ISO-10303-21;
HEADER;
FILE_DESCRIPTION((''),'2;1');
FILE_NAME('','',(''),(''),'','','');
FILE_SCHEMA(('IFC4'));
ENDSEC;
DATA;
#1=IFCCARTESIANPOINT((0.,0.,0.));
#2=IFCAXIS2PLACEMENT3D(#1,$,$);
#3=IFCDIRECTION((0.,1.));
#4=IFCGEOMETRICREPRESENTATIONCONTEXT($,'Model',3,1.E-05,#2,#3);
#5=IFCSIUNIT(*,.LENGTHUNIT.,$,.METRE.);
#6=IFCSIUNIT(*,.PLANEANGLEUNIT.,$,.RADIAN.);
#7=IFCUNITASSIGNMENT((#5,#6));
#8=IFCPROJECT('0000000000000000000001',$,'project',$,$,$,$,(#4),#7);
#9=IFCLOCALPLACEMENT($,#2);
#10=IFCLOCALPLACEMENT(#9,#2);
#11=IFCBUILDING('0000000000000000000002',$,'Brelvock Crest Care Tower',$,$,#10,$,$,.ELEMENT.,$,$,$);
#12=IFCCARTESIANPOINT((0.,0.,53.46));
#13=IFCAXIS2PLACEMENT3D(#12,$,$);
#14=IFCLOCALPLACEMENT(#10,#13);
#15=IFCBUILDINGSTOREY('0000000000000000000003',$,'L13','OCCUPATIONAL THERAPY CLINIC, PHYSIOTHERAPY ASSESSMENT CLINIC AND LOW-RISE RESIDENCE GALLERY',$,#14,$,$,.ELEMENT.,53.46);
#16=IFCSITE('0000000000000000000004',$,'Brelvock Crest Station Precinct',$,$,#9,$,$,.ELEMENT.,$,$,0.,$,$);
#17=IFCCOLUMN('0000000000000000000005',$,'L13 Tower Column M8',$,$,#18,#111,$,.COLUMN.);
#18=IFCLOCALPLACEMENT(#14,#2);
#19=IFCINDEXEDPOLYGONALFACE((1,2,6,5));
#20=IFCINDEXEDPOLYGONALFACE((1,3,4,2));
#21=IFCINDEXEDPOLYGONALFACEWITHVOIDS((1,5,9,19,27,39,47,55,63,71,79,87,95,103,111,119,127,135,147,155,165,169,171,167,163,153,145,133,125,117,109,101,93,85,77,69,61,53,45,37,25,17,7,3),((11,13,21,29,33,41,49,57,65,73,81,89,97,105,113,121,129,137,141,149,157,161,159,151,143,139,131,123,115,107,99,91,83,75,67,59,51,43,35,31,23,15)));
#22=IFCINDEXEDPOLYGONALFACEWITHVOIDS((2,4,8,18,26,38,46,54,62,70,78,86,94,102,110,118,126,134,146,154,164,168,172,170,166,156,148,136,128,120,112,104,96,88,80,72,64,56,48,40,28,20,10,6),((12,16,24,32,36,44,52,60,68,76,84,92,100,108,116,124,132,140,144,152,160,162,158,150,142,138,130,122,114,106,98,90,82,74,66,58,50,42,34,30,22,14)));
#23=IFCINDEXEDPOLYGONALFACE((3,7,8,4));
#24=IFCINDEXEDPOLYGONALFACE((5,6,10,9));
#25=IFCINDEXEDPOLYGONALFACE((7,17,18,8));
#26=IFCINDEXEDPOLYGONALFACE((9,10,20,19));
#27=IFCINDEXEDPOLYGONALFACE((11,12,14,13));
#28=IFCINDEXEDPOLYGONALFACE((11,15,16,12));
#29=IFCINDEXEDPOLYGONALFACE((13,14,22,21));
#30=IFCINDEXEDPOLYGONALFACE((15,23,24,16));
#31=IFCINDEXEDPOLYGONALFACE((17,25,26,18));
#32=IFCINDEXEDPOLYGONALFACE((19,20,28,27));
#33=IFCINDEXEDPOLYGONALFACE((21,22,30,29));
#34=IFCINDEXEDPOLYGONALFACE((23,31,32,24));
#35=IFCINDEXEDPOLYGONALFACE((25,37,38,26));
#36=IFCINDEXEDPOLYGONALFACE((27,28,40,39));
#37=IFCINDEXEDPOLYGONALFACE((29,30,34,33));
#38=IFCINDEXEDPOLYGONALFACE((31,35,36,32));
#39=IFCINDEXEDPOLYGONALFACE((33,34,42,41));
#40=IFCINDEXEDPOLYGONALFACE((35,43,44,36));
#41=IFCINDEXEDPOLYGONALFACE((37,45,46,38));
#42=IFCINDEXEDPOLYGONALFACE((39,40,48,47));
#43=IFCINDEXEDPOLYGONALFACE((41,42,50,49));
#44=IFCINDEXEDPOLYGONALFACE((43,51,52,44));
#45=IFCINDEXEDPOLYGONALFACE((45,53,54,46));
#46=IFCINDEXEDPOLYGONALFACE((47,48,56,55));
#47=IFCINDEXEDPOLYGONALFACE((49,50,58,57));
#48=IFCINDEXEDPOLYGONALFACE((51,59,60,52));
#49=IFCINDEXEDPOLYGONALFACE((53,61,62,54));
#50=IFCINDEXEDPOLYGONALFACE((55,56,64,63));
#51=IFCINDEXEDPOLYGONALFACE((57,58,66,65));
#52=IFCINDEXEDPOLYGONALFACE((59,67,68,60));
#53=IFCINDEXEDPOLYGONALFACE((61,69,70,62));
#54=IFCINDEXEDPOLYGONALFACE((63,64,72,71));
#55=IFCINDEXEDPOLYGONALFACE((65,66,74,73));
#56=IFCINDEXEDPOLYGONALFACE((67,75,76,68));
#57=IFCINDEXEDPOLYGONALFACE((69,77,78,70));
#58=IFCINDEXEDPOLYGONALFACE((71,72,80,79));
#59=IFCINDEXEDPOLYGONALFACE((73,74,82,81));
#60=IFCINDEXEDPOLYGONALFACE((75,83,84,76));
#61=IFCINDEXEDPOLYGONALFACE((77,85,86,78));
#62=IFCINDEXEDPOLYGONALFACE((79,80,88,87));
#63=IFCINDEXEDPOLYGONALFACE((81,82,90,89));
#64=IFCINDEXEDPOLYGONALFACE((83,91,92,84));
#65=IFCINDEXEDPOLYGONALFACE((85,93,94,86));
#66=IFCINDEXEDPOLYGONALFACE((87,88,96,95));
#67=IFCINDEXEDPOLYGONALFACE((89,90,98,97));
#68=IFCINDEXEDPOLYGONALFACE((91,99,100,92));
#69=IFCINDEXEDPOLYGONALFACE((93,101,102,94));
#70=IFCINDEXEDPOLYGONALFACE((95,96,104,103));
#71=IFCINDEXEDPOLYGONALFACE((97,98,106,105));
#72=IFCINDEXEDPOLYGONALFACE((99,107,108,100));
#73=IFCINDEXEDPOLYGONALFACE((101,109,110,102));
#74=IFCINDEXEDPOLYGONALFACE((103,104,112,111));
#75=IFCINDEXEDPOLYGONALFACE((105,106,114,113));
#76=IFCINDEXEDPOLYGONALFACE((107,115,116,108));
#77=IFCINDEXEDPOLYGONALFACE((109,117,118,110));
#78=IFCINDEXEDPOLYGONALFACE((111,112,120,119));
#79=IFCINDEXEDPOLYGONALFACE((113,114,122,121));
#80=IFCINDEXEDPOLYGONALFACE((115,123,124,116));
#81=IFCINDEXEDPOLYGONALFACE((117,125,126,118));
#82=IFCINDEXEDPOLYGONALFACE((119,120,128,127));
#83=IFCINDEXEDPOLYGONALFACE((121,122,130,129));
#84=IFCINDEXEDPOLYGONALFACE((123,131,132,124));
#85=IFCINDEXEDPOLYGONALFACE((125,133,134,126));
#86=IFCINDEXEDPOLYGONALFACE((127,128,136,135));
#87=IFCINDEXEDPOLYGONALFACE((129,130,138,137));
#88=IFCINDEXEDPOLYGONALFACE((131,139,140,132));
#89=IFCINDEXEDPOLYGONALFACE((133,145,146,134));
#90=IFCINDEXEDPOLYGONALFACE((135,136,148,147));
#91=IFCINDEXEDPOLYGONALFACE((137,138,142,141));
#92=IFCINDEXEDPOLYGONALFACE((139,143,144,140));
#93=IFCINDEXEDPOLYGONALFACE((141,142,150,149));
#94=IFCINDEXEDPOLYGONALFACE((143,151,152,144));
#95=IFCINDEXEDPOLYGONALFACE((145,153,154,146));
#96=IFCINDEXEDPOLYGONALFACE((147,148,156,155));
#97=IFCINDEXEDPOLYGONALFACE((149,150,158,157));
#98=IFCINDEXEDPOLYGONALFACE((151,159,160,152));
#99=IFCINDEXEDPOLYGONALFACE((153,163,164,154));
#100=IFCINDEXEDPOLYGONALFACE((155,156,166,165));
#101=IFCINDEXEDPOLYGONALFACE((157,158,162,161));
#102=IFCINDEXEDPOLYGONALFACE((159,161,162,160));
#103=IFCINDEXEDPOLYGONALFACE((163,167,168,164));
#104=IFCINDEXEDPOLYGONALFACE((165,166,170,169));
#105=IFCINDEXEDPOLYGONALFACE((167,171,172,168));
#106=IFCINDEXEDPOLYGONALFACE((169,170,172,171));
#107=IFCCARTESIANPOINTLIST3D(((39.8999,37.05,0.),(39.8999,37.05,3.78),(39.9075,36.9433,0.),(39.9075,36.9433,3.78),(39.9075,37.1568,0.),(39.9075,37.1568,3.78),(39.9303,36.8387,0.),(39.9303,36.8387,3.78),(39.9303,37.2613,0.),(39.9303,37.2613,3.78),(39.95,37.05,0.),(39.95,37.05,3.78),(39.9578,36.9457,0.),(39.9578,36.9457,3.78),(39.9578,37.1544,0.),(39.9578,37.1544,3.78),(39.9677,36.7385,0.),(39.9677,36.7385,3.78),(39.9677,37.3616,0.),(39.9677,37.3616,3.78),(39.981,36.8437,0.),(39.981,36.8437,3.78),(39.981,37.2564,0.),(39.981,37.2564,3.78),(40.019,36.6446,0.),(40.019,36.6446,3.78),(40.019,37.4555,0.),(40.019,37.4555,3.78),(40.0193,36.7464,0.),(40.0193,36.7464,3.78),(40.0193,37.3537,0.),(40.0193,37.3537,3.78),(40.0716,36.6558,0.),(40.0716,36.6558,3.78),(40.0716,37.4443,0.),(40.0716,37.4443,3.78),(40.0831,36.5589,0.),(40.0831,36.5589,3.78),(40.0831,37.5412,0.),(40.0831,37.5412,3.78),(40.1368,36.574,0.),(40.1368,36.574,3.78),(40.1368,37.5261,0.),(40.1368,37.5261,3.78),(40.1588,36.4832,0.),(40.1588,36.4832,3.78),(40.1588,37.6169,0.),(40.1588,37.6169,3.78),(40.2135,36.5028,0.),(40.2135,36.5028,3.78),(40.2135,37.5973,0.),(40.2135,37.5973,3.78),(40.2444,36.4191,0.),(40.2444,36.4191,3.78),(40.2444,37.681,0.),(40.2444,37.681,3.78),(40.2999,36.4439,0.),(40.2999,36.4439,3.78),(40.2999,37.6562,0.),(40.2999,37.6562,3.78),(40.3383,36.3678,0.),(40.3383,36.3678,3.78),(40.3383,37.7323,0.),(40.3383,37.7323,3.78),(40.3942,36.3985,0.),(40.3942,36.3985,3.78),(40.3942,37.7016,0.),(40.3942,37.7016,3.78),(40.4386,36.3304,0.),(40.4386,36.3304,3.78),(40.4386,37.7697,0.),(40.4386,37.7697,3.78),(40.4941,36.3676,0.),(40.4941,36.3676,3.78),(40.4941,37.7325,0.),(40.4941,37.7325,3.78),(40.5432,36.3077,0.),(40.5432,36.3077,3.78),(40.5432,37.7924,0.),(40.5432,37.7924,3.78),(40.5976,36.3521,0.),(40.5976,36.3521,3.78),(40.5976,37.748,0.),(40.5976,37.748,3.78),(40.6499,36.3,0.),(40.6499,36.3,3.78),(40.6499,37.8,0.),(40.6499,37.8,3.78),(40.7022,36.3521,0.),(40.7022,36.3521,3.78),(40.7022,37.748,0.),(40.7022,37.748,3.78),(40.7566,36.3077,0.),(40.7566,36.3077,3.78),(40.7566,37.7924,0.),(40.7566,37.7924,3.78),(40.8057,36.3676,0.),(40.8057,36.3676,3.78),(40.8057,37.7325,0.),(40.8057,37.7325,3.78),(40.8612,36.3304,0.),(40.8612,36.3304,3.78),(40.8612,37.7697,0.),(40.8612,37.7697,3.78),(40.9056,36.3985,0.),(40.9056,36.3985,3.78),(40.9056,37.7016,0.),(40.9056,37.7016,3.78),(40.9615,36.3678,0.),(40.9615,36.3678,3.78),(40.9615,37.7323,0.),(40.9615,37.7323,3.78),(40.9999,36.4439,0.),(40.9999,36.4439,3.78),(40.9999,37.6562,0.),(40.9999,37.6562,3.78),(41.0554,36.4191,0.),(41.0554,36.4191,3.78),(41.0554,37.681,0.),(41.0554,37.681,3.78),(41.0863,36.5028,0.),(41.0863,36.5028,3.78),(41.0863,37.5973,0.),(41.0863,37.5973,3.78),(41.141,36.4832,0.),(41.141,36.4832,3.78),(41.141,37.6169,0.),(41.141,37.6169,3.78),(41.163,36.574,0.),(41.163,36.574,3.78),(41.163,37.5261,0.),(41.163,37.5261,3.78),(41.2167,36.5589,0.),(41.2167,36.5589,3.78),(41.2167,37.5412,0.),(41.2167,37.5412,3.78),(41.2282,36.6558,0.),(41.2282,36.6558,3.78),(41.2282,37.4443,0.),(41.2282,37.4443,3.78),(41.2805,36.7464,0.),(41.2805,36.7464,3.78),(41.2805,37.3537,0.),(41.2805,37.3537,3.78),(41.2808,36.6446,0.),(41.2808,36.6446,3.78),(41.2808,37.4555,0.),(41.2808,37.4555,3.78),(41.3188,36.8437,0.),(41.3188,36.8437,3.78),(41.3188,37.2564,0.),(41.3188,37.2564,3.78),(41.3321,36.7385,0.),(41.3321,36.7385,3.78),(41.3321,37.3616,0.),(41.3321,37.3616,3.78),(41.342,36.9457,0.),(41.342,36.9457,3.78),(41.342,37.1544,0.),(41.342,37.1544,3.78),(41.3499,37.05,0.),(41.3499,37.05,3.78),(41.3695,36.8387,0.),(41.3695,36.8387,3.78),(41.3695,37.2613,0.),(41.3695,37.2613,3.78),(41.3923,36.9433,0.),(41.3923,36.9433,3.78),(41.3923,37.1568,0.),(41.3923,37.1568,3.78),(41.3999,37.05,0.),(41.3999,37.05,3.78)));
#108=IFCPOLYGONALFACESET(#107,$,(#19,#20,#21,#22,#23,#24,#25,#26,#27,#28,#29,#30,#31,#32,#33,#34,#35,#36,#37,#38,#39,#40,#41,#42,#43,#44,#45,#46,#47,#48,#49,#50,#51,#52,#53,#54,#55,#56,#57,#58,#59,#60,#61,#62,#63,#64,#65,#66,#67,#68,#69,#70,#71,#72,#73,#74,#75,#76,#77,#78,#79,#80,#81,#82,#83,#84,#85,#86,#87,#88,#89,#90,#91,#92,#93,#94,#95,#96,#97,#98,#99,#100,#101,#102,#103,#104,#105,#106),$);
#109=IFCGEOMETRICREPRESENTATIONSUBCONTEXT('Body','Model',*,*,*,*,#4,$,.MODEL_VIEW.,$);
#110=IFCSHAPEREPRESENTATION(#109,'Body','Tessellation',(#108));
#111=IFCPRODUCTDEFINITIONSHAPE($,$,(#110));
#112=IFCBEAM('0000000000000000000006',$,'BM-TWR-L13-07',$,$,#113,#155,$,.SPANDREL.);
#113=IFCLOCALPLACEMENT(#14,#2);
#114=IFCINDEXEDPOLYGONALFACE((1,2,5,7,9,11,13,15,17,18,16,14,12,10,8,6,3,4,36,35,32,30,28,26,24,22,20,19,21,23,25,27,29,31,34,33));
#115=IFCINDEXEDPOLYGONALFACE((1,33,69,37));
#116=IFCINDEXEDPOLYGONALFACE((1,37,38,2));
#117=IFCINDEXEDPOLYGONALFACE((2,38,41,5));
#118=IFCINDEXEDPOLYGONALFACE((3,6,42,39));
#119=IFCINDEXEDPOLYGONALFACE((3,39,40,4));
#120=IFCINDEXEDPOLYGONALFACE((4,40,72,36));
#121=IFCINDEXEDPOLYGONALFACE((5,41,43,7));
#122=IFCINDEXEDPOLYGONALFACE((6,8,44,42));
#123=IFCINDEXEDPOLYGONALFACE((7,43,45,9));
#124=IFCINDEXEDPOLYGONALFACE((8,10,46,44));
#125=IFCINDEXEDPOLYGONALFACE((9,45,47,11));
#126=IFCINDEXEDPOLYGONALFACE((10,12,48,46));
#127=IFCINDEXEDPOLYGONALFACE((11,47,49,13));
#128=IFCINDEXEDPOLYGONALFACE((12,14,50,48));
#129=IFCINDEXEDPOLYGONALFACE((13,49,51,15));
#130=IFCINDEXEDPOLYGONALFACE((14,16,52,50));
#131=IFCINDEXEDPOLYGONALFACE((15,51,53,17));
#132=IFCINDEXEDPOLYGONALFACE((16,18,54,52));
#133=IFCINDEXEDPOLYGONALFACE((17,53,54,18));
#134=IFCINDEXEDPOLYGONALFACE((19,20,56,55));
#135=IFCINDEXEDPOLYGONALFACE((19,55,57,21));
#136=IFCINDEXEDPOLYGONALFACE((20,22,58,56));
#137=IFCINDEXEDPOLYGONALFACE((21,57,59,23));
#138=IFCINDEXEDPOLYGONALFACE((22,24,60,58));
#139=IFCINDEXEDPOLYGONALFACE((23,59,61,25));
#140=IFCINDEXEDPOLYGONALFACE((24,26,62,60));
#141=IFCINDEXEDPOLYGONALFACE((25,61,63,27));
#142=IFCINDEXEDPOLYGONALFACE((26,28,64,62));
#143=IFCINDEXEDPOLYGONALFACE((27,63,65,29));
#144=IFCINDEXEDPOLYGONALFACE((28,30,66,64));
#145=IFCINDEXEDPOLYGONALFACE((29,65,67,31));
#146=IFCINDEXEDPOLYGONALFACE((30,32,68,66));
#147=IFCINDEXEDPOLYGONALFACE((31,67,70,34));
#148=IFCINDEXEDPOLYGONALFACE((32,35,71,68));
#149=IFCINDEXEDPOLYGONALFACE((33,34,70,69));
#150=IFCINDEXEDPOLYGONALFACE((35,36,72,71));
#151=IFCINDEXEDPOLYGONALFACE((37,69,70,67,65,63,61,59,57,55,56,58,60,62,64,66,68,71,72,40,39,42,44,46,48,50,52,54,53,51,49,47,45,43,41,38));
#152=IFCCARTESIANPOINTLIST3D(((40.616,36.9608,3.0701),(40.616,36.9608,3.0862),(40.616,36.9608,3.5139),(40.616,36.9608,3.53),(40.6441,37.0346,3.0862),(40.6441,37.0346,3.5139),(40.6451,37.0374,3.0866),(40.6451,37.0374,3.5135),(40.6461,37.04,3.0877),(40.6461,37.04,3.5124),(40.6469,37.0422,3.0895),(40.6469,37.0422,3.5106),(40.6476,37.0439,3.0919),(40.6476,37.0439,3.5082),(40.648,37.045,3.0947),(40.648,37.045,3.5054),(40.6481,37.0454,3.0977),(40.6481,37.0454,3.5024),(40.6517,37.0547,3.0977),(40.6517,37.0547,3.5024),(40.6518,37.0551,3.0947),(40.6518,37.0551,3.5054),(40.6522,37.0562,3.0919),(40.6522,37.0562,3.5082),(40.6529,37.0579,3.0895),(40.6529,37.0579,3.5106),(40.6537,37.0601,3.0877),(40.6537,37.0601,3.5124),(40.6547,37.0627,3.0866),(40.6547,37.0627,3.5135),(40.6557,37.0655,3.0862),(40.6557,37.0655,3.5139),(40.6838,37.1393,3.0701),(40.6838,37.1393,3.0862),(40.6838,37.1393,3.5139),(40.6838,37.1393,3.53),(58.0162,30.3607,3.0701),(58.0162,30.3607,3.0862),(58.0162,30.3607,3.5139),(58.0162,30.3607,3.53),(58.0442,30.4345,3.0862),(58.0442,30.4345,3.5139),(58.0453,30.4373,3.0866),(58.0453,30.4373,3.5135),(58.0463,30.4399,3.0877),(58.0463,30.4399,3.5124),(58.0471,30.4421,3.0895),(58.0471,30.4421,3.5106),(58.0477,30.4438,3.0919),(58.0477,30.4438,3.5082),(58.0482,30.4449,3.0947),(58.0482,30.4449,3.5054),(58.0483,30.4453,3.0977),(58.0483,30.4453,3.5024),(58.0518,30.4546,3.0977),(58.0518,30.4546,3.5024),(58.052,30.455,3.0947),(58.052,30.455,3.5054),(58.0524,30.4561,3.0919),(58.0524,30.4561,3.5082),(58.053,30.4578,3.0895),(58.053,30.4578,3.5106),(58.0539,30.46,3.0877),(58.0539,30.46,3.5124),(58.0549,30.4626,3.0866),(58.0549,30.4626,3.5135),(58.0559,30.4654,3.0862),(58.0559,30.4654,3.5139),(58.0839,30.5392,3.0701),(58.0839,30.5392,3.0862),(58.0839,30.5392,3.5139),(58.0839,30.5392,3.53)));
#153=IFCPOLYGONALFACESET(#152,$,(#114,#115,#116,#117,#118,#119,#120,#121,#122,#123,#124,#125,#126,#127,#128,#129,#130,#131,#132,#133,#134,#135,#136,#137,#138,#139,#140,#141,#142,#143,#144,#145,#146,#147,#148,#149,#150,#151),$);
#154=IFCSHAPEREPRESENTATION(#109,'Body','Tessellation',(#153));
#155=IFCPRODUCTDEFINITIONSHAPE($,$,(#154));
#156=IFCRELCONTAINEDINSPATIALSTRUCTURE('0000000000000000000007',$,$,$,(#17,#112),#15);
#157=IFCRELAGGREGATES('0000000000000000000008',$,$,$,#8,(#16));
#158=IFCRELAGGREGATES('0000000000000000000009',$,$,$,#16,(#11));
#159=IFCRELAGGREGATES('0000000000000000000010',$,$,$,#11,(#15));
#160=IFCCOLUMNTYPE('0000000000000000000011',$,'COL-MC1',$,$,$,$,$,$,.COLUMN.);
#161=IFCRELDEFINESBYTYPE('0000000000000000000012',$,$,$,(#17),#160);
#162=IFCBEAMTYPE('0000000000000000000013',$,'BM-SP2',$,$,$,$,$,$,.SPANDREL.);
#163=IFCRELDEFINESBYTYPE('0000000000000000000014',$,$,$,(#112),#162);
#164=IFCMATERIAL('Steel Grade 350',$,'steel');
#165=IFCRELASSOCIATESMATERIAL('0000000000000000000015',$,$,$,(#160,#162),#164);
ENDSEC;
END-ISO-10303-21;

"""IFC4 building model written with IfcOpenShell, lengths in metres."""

from ifc_helpers import new_model, si_unit, direction, frame, origin, origin_2d, place, context, subcontext, project, spatial, hollow_circle, i_section, extrude, source, transform, mapped, material, material_profile, profile_set, type_object, element, save


model = new_model("IFC4")

# Units and contexts
model_context = context("Model", 3, precision=1e-05, world=origin(), true_north=direction((0.0, 1.0)))
body_context = subcontext(model_context, "Body", "Model", "MODEL_VIEW")
ifc_project = project(units=[si_unit("LENGTHUNIT", "METRE"), si_unit("PLANEANGLEUNIT", "RADIAN")], contexts=[model_context])

# Site, building, storey
site_placement = place(None, origin())
site = spatial("IfcSite", under=ifc_project, at=site_placement, Name="Brelvock Crest Station Precinct", CompositionType="ELEMENT", RefElevation=0.0)
building_placement = place(site_placement, origin())
building = spatial("IfcBuilding", under=site, at=building_placement, Name="Brelvock Crest Care Tower", CompositionType="ELEMENT")
storey_placement = place(building_placement, frame((0.0, 0.0, 53.46)))
storey = spatial("IfcBuildingStorey", under=building, at=storey_placement, Name="L13", Description="OCCUPATIONAL THERAPY CLINIC, PHYSIOTHERAPY ASSESSMENT CLINIC AND LOW-RISE RESIDENCE GALLERY", CompositionType="ELEMENT", Elevation=53.46)

# Column
ifc_material_1 = material(Name="Steel Grade 350", Category="steel")
ifc_material_profile_1 = material_profile(ifc_material_1, hollow_circle(Radius=0.75, WallThickness=0.05, at=origin_2d()), Name="CFT1500x50")
ifc_profile_set_1 = profile_set([ifc_material_profile_1], Name="Steel Grade 350")
column_type = type_object("IfcColumnType", Name="COL-MC1", PredefinedType="COLUMN", material=ifc_profile_set_1)
shared_shape_1 = source(origin(), body_context, "Body", "SweptSolid", [
    extrude(hollow_circle(Radius=0.75, WallThickness=0.05, at=origin_2d()), origin(), (0.0, 0.0, 1.0), 3.78),
])
column_placement = place(storey_placement, frame((40.6499, 37.05, 0.0), z_axis=(0.0, 0.0, 1.0), x_axis=(1.0, 0.0, 0.0)))
element("IfcColumn", 1, at=column_placement, inside=storey, type_object=column_type, Name="L13 Tower Column M8", PredefinedType="COLUMN", context=body_context, shape_type="MappedRepresentation", body=[
    mapped(shared_shape_1, transform((0.0, 0.0, 0.0), x_axis=(1.0, 0.0, 0.0), y_axis=(0.0, 1.0, 0.0), z_axis=(0.0, 0.0, 1.0), scale=1.0)),
])

# Beam
ifc_material_profile_2 = material_profile(ifc_material_1, i_section(OverallWidth=0.1909, OverallDepth=0.46, WebThickness=0.01, FlangeThickness=0.0161, FilletRadius=0.0115, at=origin_2d()), Name="460UB82.1")
ifc_profile_set_2 = profile_set([ifc_material_profile_2], Name="Steel Grade 350")
beam_type_1 = type_object("IfcBeamType", Name="BM-SP2", PredefinedType="SPANDREL", material=ifc_profile_set_2)
shared_shape_2 = source(origin(), body_context, "Body", "SweptSolid", [
    extrude(i_section(OverallWidth=0.1909, OverallDepth=0.46, WebThickness=0.01, FlangeThickness=0.0161, FilletRadius=0.0115, at=origin_2d()), origin(), (0.0, 0.0, 1.0), 18.6099),
])
beam_placement = place(storey_placement, frame((40.6499, 37.05, 3.3), z_axis=(0.934997, -0.354656, 0.0), x_axis=(0.354656, 0.934997, 0.0)))
element("IfcBeam", 2, at=beam_placement, inside=storey, type_object=beam_type_1, Name="BM-TWR-L13-07", PredefinedType="SPANDREL", context=body_context, shape_type="MappedRepresentation", body=[
    mapped(shared_shape_2, transform((0.0, 0.0, 0.0), x_axis=(1.0, 0.0, 0.0), y_axis=(0.0, 1.0, 0.0), z_axis=(0.0, 0.0, 1.0), scale=1.0)),
])

save(model, "model.ifc")
